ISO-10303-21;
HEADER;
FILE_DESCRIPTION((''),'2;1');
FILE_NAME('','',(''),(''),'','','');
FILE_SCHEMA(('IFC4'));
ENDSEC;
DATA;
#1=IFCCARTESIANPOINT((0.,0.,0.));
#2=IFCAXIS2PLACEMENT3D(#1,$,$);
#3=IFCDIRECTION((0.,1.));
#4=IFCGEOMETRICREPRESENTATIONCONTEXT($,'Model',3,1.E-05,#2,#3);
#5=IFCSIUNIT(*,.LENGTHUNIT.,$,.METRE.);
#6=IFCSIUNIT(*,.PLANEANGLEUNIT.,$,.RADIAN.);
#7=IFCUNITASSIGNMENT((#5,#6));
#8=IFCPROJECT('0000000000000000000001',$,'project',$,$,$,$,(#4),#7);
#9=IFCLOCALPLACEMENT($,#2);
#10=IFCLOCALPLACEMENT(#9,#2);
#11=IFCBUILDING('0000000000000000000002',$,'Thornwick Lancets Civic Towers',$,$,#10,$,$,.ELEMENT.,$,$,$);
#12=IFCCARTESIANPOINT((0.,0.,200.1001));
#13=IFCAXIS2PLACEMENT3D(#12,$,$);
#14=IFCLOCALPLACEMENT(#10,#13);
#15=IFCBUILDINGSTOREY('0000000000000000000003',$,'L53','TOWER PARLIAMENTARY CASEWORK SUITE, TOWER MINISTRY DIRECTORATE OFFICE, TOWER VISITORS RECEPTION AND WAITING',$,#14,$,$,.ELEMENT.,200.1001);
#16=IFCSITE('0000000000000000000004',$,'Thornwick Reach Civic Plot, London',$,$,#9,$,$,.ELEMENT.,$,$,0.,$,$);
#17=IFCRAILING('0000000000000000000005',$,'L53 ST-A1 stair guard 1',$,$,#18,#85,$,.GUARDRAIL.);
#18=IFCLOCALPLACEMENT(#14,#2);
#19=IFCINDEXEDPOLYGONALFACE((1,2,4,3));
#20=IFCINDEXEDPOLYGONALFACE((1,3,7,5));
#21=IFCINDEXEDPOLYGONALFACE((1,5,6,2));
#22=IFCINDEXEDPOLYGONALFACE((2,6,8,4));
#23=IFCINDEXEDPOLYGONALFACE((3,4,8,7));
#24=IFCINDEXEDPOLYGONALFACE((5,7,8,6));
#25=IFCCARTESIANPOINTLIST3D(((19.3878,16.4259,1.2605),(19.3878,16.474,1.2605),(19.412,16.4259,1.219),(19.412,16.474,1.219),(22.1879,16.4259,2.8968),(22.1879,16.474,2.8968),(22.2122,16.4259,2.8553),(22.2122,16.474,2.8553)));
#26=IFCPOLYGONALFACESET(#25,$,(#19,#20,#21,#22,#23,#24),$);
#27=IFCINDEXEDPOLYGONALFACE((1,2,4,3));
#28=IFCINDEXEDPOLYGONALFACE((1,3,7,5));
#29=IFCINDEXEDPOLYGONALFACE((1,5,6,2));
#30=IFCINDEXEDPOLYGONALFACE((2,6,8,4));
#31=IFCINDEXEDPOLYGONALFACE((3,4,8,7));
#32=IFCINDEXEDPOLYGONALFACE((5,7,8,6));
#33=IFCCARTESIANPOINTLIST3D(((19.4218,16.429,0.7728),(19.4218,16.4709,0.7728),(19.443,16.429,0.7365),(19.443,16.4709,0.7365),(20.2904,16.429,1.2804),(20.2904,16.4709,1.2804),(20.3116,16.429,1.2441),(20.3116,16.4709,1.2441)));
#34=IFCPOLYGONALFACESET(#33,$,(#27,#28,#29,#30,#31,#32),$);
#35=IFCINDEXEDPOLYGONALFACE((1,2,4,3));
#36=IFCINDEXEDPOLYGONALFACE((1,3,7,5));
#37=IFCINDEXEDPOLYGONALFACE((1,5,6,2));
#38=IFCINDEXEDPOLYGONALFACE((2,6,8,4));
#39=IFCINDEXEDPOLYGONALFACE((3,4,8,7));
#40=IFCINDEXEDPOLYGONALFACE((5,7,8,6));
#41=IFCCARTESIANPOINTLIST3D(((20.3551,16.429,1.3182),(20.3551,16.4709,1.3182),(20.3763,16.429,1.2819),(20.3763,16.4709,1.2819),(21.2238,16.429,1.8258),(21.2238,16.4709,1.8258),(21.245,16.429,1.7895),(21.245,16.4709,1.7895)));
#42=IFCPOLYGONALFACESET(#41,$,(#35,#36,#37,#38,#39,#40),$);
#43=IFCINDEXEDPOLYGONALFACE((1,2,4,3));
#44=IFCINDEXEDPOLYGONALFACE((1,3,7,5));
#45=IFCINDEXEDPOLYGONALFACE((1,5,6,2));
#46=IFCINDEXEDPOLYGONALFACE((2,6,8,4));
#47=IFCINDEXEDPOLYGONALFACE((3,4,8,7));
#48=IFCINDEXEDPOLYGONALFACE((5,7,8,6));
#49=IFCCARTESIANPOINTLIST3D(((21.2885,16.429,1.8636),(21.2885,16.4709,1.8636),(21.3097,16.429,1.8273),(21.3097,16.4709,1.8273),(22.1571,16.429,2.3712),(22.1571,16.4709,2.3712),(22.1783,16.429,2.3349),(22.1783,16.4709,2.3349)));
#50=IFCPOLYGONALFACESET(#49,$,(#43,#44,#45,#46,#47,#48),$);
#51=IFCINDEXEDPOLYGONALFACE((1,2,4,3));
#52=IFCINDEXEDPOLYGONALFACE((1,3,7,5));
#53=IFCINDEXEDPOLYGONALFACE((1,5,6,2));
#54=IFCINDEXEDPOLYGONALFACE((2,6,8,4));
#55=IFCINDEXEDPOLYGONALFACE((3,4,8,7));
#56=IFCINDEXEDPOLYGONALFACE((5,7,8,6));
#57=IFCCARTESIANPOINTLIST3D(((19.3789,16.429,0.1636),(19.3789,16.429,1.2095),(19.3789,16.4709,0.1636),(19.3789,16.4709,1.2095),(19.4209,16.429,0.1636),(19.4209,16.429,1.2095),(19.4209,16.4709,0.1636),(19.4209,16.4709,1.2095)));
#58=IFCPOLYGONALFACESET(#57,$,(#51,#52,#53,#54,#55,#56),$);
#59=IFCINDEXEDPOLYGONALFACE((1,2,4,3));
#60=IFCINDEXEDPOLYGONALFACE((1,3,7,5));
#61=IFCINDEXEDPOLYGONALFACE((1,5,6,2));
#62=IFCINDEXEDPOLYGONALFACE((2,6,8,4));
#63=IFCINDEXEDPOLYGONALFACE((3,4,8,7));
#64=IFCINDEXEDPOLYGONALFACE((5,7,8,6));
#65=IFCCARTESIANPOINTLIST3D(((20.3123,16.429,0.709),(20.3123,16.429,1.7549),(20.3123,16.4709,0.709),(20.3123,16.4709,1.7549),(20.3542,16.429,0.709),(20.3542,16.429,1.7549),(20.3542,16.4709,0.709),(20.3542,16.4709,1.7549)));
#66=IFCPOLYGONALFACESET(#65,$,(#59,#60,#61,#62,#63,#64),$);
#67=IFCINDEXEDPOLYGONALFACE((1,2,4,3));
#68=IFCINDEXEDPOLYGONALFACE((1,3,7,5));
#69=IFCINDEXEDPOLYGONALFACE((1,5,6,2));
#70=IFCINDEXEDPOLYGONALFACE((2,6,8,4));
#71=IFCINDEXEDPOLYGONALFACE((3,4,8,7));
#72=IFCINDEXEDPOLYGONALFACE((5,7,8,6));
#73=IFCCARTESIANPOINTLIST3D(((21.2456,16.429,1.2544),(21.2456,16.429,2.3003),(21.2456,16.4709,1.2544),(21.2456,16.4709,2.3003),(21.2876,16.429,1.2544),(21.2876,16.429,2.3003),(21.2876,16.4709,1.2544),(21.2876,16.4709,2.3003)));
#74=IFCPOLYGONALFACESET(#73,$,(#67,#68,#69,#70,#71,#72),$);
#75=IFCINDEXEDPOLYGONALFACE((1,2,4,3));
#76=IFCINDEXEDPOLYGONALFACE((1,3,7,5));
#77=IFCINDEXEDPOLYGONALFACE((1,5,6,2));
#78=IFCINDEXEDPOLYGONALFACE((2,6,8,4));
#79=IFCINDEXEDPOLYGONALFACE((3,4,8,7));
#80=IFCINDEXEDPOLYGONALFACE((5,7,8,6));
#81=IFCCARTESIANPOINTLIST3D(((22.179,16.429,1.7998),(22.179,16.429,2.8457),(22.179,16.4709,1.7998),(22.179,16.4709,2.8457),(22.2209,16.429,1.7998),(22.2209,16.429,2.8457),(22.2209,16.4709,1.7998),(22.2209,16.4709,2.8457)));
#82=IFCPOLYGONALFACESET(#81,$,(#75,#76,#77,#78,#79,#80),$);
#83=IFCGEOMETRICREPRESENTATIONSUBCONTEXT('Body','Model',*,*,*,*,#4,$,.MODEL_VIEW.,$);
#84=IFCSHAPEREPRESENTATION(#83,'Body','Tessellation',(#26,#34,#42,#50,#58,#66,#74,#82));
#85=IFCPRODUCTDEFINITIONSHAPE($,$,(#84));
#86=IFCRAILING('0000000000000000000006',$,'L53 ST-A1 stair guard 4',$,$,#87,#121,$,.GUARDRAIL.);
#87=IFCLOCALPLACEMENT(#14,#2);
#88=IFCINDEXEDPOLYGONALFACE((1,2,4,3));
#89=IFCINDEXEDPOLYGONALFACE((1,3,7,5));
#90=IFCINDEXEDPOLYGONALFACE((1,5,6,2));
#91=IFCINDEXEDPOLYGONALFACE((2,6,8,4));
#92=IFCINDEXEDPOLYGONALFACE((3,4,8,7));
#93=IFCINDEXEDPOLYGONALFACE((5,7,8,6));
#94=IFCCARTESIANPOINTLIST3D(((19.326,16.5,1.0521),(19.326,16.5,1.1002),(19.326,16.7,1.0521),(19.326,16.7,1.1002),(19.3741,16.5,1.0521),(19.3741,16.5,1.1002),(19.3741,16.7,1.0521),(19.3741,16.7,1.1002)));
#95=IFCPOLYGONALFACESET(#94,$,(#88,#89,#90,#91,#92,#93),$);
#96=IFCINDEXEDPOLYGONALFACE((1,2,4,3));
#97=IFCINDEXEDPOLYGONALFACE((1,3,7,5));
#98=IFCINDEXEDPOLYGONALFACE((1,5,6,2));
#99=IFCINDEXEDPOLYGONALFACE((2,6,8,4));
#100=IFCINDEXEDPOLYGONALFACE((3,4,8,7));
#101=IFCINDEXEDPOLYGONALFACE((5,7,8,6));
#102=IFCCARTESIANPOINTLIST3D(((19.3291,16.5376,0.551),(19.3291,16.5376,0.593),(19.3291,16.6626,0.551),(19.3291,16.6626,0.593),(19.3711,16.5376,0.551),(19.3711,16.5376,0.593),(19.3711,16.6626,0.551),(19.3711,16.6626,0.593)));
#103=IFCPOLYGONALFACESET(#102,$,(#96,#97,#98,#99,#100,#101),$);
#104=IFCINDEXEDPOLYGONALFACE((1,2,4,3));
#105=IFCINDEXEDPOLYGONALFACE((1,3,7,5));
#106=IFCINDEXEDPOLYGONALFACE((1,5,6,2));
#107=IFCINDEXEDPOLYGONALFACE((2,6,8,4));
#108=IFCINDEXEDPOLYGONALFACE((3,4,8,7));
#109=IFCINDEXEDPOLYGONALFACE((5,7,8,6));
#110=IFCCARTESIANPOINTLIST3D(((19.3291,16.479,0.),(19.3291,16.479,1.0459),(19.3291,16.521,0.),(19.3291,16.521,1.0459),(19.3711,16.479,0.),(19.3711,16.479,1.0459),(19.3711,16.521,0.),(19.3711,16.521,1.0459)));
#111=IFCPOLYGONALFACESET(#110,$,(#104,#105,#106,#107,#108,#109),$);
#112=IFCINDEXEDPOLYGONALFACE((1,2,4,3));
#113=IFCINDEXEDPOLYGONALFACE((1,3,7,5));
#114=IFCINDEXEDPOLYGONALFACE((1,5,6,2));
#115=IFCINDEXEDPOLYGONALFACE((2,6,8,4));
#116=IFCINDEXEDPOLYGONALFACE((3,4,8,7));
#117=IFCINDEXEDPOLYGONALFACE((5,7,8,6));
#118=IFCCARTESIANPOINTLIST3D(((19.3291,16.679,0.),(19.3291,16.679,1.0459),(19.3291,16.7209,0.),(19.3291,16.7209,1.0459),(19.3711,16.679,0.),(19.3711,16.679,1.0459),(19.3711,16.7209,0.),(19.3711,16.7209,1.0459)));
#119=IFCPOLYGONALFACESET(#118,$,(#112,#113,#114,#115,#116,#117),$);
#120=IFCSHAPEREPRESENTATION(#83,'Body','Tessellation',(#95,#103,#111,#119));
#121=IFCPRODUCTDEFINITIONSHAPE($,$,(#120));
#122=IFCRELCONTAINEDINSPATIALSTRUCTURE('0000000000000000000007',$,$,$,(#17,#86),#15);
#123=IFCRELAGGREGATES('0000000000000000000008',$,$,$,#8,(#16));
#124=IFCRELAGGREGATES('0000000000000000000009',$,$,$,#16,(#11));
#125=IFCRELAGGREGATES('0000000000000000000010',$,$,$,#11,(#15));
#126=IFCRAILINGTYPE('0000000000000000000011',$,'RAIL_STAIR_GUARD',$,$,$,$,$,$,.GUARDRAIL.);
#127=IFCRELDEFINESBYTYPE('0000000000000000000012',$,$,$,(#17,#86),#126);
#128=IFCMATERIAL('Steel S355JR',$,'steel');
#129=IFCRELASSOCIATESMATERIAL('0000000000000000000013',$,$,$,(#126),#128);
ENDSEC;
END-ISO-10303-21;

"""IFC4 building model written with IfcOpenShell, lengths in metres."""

from ifc_helpers import new_model, si_unit, direction, frame, origin, origin_2d, place, context, subcontext, project, spatial, rectangle, extrude, material, type_object, element, save


model = new_model("IFC4")

# Units and contexts
model_context = context("Model", 3, precision=1e-05, world=origin(), true_north=direction((0.0, 1.0)))
body_context = subcontext(model_context, "Body", "Model", "MODEL_VIEW")
ifc_project = project(units=[si_unit("LENGTHUNIT", "METRE"), si_unit("PLANEANGLEUNIT", "RADIAN")], contexts=[model_context])

# Site, building, storey
site_placement = place(None, origin())
site = spatial("IfcSite", under=ifc_project, at=site_placement, Name="Thornwick Reach Civic Plot, London", CompositionType="ELEMENT", RefElevation=0.0)
building_placement = place(site_placement, origin())
building = spatial("IfcBuilding", under=site, at=building_placement, Name="Thornwick Lancets Civic Towers", CompositionType="ELEMENT")
storey_placement = place(building_placement, frame((0.0, 0.0, 200.1001)))
storey = spatial("IfcBuildingStorey", under=building, at=storey_placement, Name="L53", Description="TOWER PARLIAMENTARY CASEWORK SUITE, TOWER MINISTRY DIRECTORATE OFFICE, TOWER VISITORS RECEPTION AND WAITING", CompositionType="ELEMENT", Elevation=200.1001)

# Shared definitions
ifc_material_1 = material(Name="Steel S355JR", Category="steel")

# Railings
railing_type_1 = type_object("IfcRailingType", Name="RAIL_STAIR_GUARD", PredefinedType="GUARDRAIL", material=ifc_material_1)
railing_1_placement = place(storey_placement, frame((19.3999, 16.45, 0.1636)))
element("IfcRailing", 1, at=railing_1_placement, inside=storey, type_object=railing_type_1, Name="L53 ST-A1 stair guard 1", PredefinedType="GUARDRAIL", context=body_context, shape_type="SweptSolid", body=[
    extrude(rectangle(XDim=0.0481, YDim=0.0481, at=origin_2d()), frame((0.0, 0.0, 1.0762), z_axis=(0.863394, 0.0, 0.504531), x_axis=(0.0, 1.0, 0.0)), (0.0, 0.0, 1.0), 3.2432),
    extrude(rectangle(XDim=0.042, YDim=0.042, at=origin_2d()), frame((0.0325, 0.0, 0.5911), z_axis=(0.863394, 0.0, 0.504531), x_axis=(0.0, 1.0, 0.0)), (0.0, 0.0, 1.0), 1.0061),
    extrude(rectangle(XDim=0.042, YDim=0.042, at=origin_2d()), frame((0.9658, 0.0, 1.1365), z_axis=(0.863394, 0.0, 0.504531), x_axis=(0.0, 1.0, 0.0)), (0.0, 0.0, 1.0), 1.0061),
    extrude(rectangle(XDim=0.042, YDim=0.042, at=origin_2d()), frame((1.8992, 0.0, 1.6819), z_axis=(0.863394, 0.0, 0.504531), x_axis=(0.0, 1.0, 0.0)), (0.0, 0.0, 1.0), 1.0061),
    extrude(rectangle(XDim=0.042, YDim=0.042, at=origin_2d()), origin(), (0.0, 0.0, 1.0), 1.0459),
    extrude(rectangle(XDim=0.042, YDim=0.042, at=origin_2d()), frame((0.9333, 0.0, 0.5454)), (0.0, 0.0, 1.0), 1.0459),
    extrude(rectangle(XDim=0.042, YDim=0.042, at=origin_2d()), frame((1.8667, 0.0, 1.0908)), (0.0, 0.0, 1.0), 1.0459),
    extrude(rectangle(XDim=0.042, YDim=0.042, at=origin_2d()), frame((2.8, 0.0, 1.6362)), (0.0, 0.0, 1.0), 1.0459),
])
railing_2_placement = place(storey_placement, frame((19.3501, 16.5, 0.0)))
element("IfcRailing", 2, at=railing_2_placement, inside=storey, type_object=railing_type_1, Name="L53 ST-A1 stair guard 4", PredefinedType="GUARDRAIL", context=body_context, shape_type="SweptSolid", body=[
    extrude(rectangle(XDim=0.0481, YDim=0.0481, at=origin_2d()), frame((0.0, 0.0, 1.0762), z_axis=(0.0, 1.0, 0.0), x_axis=(-1.0, 0.0, 0.0)), (0.0, 0.0, 1.0), 0.2),
    extrude(rectangle(XDim=0.042, YDim=0.042, at=origin_2d()), frame((0.0, 0.0376, 0.572), z_axis=(0.0, 1.0, 0.0), x_axis=(-1.0, 0.0, 0.0)), (0.0, 0.0, 1.0), 0.125),
    extrude(rectangle(XDim=0.042, YDim=0.042, at=origin_2d()), origin(), (0.0, 0.0, 1.0), 1.0459),
    extrude(rectangle(XDim=0.042, YDim=0.042, at=origin_2d()), frame((0.0, 0.2, 0.0)), (0.0, 0.0, 1.0), 1.0459),
])

save(model, "model.ifc")
